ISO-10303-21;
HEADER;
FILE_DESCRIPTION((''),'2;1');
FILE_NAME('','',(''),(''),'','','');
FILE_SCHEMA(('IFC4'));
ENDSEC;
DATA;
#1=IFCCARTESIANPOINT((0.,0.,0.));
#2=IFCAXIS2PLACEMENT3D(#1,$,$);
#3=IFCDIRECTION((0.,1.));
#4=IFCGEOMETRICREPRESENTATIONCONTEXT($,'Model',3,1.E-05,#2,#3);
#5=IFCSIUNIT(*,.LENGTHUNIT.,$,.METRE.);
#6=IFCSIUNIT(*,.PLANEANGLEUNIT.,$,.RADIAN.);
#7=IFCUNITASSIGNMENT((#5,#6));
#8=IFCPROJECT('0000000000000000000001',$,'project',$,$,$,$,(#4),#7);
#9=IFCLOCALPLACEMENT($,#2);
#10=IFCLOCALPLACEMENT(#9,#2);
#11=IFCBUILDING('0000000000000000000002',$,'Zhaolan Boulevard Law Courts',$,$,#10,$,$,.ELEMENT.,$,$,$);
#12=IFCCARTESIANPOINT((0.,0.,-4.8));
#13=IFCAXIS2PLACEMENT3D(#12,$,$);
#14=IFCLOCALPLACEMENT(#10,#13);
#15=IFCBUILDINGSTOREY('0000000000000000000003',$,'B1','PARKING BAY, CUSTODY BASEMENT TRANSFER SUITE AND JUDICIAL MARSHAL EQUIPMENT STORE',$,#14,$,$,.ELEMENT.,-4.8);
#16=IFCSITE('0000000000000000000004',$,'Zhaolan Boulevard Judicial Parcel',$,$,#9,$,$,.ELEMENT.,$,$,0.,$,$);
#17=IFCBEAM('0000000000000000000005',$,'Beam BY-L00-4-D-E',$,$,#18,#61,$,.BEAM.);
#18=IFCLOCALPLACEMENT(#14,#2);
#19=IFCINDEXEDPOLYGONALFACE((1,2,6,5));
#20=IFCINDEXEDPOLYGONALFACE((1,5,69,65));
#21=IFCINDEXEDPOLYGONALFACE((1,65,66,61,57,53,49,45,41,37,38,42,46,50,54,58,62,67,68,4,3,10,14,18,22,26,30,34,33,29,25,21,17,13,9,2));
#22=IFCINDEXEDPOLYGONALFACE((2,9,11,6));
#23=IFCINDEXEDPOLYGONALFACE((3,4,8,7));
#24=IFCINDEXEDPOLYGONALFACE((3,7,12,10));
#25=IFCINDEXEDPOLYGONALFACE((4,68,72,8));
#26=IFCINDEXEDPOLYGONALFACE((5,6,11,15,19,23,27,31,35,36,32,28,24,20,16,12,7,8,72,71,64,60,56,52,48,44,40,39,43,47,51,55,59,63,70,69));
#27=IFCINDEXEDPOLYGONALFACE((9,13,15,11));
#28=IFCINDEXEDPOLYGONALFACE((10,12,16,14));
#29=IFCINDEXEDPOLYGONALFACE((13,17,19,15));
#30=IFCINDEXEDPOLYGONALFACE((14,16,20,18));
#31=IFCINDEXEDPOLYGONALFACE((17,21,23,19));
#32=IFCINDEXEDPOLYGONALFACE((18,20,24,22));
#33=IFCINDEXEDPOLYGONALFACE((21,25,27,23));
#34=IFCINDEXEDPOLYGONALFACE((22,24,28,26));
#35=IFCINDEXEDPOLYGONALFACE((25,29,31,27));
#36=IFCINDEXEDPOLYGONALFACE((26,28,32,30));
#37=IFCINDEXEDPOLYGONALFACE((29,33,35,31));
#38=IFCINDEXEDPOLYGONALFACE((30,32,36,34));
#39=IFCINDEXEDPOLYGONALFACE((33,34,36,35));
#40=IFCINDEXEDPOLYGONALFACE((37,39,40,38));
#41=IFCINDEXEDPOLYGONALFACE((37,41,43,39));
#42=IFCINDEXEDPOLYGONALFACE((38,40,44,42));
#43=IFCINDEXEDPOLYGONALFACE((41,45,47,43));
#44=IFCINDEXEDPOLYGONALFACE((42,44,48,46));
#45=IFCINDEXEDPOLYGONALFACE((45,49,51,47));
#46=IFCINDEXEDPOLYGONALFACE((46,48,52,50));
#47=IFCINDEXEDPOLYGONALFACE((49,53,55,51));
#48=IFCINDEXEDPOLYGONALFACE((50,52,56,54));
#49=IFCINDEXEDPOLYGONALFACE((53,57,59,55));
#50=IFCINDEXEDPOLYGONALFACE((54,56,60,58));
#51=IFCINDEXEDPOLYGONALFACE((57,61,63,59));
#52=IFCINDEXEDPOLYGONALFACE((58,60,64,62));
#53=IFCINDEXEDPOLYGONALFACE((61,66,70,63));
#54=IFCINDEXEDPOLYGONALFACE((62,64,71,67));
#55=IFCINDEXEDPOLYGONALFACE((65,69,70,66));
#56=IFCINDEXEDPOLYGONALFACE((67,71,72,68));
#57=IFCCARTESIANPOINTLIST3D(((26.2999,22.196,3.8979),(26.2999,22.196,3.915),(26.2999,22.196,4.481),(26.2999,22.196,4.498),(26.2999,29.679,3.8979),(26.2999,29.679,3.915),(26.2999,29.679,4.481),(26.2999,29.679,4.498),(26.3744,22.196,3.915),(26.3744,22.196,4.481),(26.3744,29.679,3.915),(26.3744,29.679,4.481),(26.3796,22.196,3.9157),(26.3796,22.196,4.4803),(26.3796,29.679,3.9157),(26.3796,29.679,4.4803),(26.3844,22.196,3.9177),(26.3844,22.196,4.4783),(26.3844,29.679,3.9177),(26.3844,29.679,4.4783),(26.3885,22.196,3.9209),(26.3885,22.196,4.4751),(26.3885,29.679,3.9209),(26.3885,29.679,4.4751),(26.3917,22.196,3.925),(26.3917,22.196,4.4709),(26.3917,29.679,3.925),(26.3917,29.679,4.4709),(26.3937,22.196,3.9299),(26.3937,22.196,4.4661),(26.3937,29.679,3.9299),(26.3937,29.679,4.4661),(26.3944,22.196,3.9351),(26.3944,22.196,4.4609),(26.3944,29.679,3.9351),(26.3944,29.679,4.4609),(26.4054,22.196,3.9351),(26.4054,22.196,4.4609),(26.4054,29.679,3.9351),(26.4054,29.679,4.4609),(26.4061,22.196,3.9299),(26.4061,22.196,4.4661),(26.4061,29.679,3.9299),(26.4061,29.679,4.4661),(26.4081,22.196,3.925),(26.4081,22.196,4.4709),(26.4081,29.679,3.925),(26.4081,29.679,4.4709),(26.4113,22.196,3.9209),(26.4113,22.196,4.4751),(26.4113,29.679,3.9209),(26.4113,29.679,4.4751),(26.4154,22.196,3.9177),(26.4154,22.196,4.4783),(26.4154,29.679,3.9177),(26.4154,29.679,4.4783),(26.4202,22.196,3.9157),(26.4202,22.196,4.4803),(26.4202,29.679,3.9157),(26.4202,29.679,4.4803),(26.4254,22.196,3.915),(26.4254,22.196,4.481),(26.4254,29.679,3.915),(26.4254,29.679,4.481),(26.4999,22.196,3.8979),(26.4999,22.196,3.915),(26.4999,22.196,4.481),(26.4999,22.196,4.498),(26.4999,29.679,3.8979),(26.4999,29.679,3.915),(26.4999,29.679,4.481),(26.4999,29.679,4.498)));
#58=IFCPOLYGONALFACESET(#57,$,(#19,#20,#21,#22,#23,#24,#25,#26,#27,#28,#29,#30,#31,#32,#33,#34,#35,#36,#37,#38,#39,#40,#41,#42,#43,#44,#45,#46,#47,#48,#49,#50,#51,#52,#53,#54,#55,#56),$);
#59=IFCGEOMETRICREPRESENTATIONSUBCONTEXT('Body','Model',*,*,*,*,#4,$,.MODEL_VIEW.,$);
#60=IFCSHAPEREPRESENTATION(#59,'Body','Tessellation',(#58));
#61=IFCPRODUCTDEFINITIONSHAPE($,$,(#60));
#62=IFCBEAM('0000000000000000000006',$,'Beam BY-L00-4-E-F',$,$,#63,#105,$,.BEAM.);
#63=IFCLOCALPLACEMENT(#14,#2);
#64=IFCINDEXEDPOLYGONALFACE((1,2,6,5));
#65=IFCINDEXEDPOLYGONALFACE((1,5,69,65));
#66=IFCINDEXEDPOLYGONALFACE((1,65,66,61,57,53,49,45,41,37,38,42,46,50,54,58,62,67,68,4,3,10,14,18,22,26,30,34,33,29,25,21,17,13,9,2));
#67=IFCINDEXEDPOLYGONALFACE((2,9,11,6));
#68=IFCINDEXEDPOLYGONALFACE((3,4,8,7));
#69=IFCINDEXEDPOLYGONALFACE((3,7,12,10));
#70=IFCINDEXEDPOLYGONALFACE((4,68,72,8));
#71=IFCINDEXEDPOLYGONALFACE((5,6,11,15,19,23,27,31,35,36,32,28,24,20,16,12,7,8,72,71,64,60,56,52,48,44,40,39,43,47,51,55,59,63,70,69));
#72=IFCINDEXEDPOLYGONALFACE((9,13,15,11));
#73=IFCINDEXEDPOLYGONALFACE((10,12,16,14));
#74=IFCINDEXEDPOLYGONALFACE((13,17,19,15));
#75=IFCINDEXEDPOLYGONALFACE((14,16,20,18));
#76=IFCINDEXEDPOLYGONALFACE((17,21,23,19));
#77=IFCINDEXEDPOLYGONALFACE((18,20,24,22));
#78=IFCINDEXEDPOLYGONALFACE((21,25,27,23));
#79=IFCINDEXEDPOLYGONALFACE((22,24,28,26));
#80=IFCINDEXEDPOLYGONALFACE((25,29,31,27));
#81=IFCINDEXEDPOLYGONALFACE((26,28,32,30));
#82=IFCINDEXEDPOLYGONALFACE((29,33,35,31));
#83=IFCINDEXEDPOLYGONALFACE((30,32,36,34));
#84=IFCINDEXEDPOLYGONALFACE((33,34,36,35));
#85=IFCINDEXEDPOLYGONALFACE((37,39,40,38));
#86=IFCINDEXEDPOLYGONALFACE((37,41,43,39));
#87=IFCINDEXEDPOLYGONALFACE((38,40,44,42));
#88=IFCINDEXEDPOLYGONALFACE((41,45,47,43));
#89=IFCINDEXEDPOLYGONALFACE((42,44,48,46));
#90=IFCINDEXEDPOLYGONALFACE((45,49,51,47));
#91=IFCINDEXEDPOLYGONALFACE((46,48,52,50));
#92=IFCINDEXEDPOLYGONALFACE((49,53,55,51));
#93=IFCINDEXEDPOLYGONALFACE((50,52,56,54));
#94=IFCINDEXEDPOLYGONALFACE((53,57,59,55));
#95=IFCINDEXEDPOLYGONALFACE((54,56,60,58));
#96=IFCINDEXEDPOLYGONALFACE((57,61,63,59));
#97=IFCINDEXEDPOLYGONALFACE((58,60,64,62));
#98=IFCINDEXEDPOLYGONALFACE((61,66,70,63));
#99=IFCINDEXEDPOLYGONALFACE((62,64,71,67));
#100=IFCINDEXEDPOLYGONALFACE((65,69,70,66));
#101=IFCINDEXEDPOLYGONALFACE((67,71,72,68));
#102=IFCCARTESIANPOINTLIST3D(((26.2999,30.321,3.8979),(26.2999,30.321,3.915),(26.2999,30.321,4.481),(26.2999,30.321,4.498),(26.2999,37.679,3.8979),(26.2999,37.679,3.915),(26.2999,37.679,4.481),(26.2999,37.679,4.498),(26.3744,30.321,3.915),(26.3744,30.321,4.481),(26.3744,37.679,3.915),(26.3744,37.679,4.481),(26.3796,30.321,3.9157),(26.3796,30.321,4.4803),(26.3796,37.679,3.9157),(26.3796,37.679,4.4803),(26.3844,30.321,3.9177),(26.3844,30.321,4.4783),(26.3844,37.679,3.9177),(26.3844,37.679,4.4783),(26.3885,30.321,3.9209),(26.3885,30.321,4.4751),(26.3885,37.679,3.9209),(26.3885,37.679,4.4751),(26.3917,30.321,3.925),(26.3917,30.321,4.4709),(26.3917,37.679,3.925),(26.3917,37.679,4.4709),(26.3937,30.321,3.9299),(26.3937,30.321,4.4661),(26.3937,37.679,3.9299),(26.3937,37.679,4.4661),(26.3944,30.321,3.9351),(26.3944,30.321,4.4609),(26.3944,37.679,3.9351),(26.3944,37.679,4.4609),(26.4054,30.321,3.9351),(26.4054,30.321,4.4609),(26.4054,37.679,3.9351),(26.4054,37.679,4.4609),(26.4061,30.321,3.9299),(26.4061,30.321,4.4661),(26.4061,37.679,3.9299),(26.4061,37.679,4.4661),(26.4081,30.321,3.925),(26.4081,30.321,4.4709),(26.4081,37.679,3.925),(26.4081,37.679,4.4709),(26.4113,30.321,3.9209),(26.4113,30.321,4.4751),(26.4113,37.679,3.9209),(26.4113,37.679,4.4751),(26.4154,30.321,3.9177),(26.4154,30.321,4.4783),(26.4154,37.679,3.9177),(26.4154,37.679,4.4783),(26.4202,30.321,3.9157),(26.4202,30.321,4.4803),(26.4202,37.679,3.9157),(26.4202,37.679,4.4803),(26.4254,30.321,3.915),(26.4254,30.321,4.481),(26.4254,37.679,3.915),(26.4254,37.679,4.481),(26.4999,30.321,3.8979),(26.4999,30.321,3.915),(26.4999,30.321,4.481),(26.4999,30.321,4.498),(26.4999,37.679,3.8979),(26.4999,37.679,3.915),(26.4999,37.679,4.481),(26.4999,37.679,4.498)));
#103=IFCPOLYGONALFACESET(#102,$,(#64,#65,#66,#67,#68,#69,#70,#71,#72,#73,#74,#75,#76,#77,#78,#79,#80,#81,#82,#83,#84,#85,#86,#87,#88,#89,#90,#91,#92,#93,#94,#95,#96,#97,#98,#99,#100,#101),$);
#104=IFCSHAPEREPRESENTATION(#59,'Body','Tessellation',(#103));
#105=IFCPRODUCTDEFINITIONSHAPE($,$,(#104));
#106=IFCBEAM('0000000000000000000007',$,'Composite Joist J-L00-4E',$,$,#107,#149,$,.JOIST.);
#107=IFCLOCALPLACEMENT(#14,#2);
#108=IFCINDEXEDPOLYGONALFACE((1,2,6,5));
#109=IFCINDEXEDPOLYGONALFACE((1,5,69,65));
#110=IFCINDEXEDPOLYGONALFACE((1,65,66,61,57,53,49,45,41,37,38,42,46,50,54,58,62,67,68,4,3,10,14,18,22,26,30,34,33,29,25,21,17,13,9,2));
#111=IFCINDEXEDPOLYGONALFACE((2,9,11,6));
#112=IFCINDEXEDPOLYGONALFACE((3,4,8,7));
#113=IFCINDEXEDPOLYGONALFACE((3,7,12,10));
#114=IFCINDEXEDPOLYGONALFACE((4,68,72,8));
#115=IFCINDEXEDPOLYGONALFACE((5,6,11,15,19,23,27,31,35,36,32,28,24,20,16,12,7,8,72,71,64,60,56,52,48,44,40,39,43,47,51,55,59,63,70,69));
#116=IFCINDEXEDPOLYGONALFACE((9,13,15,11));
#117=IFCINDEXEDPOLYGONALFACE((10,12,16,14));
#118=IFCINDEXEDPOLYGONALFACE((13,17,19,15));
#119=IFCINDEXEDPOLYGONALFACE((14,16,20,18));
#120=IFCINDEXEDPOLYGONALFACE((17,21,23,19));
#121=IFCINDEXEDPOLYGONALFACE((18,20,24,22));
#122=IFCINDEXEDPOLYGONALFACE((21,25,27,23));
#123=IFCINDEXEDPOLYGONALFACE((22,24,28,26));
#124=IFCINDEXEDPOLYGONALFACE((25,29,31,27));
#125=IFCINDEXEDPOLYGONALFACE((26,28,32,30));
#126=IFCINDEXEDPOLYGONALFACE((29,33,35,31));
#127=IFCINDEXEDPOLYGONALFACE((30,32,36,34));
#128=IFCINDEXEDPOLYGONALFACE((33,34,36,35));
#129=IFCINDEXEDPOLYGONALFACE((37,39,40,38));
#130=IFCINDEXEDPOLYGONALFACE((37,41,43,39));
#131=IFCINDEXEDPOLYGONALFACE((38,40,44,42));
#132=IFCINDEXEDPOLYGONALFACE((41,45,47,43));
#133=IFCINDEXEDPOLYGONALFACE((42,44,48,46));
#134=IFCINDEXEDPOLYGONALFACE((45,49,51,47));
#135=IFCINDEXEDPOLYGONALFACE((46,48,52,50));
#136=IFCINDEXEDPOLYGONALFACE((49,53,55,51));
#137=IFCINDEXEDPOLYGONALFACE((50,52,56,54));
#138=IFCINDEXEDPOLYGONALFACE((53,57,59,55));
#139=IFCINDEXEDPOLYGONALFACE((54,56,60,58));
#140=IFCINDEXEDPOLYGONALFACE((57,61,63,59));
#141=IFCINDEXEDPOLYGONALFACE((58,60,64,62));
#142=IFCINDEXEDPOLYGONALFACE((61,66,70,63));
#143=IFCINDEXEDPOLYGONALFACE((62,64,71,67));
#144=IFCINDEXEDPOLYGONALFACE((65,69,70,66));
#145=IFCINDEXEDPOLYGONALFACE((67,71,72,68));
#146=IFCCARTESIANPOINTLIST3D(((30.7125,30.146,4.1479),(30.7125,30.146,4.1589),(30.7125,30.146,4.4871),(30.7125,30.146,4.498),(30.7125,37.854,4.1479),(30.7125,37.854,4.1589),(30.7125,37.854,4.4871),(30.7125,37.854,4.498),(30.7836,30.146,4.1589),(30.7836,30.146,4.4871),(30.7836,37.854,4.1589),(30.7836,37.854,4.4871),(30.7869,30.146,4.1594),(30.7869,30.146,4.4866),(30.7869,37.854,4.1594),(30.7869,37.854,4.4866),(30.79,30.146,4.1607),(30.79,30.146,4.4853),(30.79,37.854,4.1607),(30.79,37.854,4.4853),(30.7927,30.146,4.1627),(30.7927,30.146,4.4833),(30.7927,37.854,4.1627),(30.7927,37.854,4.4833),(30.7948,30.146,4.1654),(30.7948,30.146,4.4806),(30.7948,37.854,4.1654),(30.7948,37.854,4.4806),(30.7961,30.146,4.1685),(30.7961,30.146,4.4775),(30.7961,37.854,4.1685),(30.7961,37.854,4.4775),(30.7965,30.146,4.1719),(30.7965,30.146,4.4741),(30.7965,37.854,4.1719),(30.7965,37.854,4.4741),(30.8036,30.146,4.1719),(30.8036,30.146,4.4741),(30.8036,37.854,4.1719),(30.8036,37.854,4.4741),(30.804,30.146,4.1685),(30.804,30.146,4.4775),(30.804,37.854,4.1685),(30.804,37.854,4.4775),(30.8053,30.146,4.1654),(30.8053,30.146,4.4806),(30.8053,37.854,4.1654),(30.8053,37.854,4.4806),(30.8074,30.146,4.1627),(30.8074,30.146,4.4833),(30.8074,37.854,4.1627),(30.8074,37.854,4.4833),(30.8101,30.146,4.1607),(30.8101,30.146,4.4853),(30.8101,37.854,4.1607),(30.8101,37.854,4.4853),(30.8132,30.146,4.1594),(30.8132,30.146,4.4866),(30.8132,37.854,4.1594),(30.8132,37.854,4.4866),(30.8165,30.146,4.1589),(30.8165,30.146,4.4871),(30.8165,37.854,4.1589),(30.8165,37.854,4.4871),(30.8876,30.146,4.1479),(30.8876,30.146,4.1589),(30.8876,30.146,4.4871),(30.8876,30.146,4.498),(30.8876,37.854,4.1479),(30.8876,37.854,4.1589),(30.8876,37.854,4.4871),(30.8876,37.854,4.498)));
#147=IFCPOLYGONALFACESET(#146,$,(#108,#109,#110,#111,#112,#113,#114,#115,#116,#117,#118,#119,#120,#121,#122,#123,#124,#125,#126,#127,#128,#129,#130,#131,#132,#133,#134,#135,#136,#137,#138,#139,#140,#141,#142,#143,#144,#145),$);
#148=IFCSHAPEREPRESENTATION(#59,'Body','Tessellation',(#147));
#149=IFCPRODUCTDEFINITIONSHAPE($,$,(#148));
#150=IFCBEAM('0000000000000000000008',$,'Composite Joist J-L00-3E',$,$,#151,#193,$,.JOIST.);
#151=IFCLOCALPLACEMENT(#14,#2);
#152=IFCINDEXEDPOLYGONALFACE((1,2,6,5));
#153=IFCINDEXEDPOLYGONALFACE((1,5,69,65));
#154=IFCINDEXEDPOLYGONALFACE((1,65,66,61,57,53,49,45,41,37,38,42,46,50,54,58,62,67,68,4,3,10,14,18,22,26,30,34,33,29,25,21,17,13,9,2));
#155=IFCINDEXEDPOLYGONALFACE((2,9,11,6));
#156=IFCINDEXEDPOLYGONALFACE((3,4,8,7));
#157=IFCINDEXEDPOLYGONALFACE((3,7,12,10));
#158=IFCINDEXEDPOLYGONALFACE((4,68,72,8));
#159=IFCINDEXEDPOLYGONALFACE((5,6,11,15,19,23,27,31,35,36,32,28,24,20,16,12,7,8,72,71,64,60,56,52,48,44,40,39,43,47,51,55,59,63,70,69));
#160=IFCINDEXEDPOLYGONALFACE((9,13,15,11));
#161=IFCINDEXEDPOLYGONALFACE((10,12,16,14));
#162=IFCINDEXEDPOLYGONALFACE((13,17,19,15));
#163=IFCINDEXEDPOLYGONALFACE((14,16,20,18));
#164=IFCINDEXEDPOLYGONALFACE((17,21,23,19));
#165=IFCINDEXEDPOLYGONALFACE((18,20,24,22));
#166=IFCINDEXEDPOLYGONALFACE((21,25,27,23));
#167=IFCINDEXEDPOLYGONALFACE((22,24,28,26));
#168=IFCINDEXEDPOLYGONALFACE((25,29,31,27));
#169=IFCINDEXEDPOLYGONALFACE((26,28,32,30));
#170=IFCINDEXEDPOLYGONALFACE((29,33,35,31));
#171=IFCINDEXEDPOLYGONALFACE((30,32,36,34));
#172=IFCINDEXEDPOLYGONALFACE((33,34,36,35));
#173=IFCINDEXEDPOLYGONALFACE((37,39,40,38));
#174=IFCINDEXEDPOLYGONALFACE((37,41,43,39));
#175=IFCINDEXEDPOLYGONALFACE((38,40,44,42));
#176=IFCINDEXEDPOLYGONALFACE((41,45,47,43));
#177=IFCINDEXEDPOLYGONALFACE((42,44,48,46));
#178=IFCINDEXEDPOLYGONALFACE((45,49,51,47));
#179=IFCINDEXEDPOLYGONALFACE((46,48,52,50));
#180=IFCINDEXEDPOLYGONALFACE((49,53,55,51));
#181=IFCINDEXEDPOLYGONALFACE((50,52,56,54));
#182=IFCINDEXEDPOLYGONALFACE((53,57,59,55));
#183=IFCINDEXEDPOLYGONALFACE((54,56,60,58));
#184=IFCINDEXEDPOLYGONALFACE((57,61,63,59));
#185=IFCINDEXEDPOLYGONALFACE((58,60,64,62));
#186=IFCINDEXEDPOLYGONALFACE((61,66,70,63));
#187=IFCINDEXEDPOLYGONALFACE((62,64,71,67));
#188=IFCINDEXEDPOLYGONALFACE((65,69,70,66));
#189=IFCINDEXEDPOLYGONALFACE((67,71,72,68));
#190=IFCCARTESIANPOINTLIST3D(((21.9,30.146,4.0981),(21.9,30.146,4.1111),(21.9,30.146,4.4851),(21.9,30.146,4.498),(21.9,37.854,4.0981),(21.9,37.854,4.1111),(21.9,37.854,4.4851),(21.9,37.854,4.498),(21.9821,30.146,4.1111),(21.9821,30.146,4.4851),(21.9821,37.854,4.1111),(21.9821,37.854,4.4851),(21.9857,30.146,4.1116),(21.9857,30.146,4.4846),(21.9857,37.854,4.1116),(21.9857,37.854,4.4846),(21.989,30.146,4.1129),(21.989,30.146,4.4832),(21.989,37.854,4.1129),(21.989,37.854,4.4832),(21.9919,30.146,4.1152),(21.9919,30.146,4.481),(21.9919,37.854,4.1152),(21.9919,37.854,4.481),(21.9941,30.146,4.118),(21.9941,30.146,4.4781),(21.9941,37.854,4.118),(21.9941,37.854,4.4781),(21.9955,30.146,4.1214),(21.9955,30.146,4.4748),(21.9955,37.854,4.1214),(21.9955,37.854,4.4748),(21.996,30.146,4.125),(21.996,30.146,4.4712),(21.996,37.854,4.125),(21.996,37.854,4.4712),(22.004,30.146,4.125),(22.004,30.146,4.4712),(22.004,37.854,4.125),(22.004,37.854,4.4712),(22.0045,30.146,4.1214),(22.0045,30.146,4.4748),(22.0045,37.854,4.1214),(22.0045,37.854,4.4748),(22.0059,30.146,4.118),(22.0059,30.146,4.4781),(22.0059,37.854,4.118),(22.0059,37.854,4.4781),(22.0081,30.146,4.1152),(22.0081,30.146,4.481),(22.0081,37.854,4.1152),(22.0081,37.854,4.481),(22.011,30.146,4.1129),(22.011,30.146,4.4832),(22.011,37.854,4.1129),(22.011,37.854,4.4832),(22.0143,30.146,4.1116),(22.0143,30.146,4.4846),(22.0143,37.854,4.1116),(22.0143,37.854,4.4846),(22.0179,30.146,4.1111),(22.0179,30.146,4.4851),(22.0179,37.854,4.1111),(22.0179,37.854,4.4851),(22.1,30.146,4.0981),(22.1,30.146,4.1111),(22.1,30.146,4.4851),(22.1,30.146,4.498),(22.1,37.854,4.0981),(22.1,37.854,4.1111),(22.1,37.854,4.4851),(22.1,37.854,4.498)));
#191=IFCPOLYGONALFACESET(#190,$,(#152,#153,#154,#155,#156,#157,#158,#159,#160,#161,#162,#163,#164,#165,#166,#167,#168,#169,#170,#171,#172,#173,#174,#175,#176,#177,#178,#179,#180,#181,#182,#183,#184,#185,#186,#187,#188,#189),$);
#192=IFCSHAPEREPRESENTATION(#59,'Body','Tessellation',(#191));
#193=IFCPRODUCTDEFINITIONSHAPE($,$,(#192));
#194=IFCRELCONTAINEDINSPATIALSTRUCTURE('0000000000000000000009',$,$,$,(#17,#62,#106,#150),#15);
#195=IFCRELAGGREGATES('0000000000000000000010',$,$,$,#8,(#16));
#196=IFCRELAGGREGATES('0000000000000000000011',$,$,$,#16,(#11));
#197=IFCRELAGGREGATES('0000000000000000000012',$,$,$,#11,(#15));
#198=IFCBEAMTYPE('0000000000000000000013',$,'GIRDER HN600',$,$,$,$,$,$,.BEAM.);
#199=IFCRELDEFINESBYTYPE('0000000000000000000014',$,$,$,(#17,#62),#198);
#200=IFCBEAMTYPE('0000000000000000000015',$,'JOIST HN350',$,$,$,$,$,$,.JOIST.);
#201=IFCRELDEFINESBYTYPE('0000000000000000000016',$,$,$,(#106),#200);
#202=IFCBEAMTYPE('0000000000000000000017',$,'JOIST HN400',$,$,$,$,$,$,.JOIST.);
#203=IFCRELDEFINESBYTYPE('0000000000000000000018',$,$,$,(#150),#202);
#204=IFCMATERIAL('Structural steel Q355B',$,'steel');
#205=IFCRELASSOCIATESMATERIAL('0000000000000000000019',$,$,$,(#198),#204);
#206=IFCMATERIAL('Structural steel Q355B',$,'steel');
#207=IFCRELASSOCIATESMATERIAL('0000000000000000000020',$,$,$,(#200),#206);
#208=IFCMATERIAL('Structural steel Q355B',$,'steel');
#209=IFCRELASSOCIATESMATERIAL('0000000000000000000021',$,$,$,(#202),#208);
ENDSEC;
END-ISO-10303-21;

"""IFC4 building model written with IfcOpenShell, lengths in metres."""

from ifc_helpers import new_model, si_unit, direction, frame, origin, origin_2d, place, context, subcontext, project, spatial, i_section, extrude, material, material_profile, profile_set, type_object, element, save


model = new_model("IFC4")

# Units and contexts
model_context = context("Model", 3, precision=1e-05, world=origin(), true_north=direction((0.0, 1.0)))
body_context = subcontext(model_context, "Body", "Model", "MODEL_VIEW")
ifc_project = project(units=[si_unit("LENGTHUNIT", "METRE"), si_unit("PLANEANGLEUNIT", "RADIAN")], contexts=[model_context])

# Site, building, storey
site_placement = place(None, origin())
site = spatial("IfcSite", under=ifc_project, at=site_placement, Name="Zhaolan Boulevard Judicial Parcel", CompositionType="ELEMENT", RefElevation=0.0)
building_placement = place(site_placement, origin())
building = spatial("IfcBuilding", under=site, at=building_placement, Name="Zhaolan Boulevard Law Courts", CompositionType="ELEMENT")
storey_placement = place(building_placement, frame((0.0, 0.0, -4.8)))
storey = spatial("IfcBuildingStorey", under=building, at=storey_placement, Name="B1", Description="PARKING BAY, CUSTODY BASEMENT TRANSFER SUITE AND JUDICIAL MARSHAL EQUIPMENT STORE", CompositionType="ELEMENT", Elevation=-4.8)

# Beams
ifc_material_1 = material(Name="Structural steel Q355B", Category="steel")
ifc_material_profile_1 = material_profile(ifc_material_1, i_section(OverallWidth=0.2, OverallDepth=0.6001, WebThickness=0.011, FlangeThickness=0.0171, FilletRadius=0.02, at=origin_2d()), Name="HN600x200")
ifc_profile_set_1 = profile_set([ifc_material_profile_1], Name="Structural steel Q355B")
beam_type_1 = type_object("IfcBeamType", Name="GIRDER HN600", PredefinedType="BEAM", material=ifc_profile_set_1)
beam_1_placement = place(storey_placement, frame((26.3999, 22.196, 4.198), z_axis=(0.0, 1.0, 0.0), x_axis=(-1.0, 0.0, 0.0)))
element("IfcBeam", 1, at=beam_1_placement, inside=storey, type_object=beam_type_1, Name="Beam BY-L00-4-D-E", PredefinedType="BEAM", context=body_context, shape_type="SweptSolid", body=[
    extrude(i_section(OverallWidth=0.2, OverallDepth=0.6001, WebThickness=0.011, FlangeThickness=0.0171, FilletRadius=0.02, at=origin_2d()), origin(), (0.0, 0.0, 1.0), 7.4829),
])
beam_2_placement = place(storey_placement, frame((26.3999, 30.321, 4.198), z_axis=(0.0, 1.0, 0.0), x_axis=(-1.0, 0.0, 0.0)))
element("IfcBeam", 2, at=beam_2_placement, inside=storey, type_object=beam_type_1, Name="Beam BY-L00-4-E-F", PredefinedType="BEAM", context=body_context, shape_type="SweptSolid", body=[
    extrude(i_section(OverallWidth=0.2, OverallDepth=0.6001, WebThickness=0.011, FlangeThickness=0.0171, FilletRadius=0.02, at=origin_2d()), origin(), (0.0, 0.0, 1.0), 7.3579),
])
ifc_material_2 = material(Name="Structural steel Q355B", Category="steel")
ifc_material_profile_2 = material_profile(ifc_material_2, i_section(OverallWidth=0.175, OverallDepth=0.3501, WebThickness=0.0071, FlangeThickness=0.011, FilletRadius=0.0129, at=origin_2d()), Name="HN350x175")
ifc_profile_set_2 = profile_set([ifc_material_profile_2], Name="Structural steel Q355B")
beam_type_2 = type_object("IfcBeamType", Name="JOIST HN350", PredefinedType="JOIST", material=ifc_profile_set_2)
beam_3_placement = place(storey_placement, frame((30.8, 30.146, 4.323), z_axis=(0.0, 1.0, 0.0), x_axis=(-1.0, 0.0, 0.0)))
element("IfcBeam", 3, at=beam_3_placement, inside=storey, type_object=beam_type_2, Name="Composite Joist J-L00-4E", PredefinedType="JOIST", context=body_context, shape_type="SweptSolid", body=[
    extrude(i_section(OverallWidth=0.175, OverallDepth=0.3501, WebThickness=0.0071, FlangeThickness=0.011, FilletRadius=0.0129, at=origin_2d()), origin(), (0.0, 0.0, 1.0), 7.708),
])
ifc_material_3 = material(Name="Structural steel Q355B", Category="steel")
ifc_material_profile_3 = material_profile(ifc_material_3, i_section(OverallWidth=0.2, OverallDepth=0.3999, WebThickness=0.0081, FlangeThickness=0.0129, FilletRadius=0.0139, at=origin_2d()), Name="HN400x200")
ifc_profile_set_3 = profile_set([ifc_material_profile_3], Name="Structural steel Q355B")
beam_type_3 = type_object("IfcBeamType", Name="JOIST HN400", PredefinedType="JOIST", material=ifc_profile_set_3)
for number, where, z_axis, x_axis, name in (
    (4, (22.0, 30.146, 4.2981), (0.0, 1.0, 0.0), (-1.0, 0.0, 0.0), "Composite Joist J-L00-3E"),
):
    element("IfcBeam", number, at=place(storey_placement, frame(where, z_axis=z_axis, x_axis=x_axis)), inside=storey, type_object=beam_type_3, Name=name, PredefinedType="JOIST", context=body_context, shape_type="SweptSolid", body=[
        extrude(i_section(OverallWidth=0.2, OverallDepth=0.3999, WebThickness=0.0081, FlangeThickness=0.0129, FilletRadius=0.0139, at=origin_2d()), origin(), (0.0, 0.0, 1.0), 7.708),
    ])

save(model, "model.ifc")
